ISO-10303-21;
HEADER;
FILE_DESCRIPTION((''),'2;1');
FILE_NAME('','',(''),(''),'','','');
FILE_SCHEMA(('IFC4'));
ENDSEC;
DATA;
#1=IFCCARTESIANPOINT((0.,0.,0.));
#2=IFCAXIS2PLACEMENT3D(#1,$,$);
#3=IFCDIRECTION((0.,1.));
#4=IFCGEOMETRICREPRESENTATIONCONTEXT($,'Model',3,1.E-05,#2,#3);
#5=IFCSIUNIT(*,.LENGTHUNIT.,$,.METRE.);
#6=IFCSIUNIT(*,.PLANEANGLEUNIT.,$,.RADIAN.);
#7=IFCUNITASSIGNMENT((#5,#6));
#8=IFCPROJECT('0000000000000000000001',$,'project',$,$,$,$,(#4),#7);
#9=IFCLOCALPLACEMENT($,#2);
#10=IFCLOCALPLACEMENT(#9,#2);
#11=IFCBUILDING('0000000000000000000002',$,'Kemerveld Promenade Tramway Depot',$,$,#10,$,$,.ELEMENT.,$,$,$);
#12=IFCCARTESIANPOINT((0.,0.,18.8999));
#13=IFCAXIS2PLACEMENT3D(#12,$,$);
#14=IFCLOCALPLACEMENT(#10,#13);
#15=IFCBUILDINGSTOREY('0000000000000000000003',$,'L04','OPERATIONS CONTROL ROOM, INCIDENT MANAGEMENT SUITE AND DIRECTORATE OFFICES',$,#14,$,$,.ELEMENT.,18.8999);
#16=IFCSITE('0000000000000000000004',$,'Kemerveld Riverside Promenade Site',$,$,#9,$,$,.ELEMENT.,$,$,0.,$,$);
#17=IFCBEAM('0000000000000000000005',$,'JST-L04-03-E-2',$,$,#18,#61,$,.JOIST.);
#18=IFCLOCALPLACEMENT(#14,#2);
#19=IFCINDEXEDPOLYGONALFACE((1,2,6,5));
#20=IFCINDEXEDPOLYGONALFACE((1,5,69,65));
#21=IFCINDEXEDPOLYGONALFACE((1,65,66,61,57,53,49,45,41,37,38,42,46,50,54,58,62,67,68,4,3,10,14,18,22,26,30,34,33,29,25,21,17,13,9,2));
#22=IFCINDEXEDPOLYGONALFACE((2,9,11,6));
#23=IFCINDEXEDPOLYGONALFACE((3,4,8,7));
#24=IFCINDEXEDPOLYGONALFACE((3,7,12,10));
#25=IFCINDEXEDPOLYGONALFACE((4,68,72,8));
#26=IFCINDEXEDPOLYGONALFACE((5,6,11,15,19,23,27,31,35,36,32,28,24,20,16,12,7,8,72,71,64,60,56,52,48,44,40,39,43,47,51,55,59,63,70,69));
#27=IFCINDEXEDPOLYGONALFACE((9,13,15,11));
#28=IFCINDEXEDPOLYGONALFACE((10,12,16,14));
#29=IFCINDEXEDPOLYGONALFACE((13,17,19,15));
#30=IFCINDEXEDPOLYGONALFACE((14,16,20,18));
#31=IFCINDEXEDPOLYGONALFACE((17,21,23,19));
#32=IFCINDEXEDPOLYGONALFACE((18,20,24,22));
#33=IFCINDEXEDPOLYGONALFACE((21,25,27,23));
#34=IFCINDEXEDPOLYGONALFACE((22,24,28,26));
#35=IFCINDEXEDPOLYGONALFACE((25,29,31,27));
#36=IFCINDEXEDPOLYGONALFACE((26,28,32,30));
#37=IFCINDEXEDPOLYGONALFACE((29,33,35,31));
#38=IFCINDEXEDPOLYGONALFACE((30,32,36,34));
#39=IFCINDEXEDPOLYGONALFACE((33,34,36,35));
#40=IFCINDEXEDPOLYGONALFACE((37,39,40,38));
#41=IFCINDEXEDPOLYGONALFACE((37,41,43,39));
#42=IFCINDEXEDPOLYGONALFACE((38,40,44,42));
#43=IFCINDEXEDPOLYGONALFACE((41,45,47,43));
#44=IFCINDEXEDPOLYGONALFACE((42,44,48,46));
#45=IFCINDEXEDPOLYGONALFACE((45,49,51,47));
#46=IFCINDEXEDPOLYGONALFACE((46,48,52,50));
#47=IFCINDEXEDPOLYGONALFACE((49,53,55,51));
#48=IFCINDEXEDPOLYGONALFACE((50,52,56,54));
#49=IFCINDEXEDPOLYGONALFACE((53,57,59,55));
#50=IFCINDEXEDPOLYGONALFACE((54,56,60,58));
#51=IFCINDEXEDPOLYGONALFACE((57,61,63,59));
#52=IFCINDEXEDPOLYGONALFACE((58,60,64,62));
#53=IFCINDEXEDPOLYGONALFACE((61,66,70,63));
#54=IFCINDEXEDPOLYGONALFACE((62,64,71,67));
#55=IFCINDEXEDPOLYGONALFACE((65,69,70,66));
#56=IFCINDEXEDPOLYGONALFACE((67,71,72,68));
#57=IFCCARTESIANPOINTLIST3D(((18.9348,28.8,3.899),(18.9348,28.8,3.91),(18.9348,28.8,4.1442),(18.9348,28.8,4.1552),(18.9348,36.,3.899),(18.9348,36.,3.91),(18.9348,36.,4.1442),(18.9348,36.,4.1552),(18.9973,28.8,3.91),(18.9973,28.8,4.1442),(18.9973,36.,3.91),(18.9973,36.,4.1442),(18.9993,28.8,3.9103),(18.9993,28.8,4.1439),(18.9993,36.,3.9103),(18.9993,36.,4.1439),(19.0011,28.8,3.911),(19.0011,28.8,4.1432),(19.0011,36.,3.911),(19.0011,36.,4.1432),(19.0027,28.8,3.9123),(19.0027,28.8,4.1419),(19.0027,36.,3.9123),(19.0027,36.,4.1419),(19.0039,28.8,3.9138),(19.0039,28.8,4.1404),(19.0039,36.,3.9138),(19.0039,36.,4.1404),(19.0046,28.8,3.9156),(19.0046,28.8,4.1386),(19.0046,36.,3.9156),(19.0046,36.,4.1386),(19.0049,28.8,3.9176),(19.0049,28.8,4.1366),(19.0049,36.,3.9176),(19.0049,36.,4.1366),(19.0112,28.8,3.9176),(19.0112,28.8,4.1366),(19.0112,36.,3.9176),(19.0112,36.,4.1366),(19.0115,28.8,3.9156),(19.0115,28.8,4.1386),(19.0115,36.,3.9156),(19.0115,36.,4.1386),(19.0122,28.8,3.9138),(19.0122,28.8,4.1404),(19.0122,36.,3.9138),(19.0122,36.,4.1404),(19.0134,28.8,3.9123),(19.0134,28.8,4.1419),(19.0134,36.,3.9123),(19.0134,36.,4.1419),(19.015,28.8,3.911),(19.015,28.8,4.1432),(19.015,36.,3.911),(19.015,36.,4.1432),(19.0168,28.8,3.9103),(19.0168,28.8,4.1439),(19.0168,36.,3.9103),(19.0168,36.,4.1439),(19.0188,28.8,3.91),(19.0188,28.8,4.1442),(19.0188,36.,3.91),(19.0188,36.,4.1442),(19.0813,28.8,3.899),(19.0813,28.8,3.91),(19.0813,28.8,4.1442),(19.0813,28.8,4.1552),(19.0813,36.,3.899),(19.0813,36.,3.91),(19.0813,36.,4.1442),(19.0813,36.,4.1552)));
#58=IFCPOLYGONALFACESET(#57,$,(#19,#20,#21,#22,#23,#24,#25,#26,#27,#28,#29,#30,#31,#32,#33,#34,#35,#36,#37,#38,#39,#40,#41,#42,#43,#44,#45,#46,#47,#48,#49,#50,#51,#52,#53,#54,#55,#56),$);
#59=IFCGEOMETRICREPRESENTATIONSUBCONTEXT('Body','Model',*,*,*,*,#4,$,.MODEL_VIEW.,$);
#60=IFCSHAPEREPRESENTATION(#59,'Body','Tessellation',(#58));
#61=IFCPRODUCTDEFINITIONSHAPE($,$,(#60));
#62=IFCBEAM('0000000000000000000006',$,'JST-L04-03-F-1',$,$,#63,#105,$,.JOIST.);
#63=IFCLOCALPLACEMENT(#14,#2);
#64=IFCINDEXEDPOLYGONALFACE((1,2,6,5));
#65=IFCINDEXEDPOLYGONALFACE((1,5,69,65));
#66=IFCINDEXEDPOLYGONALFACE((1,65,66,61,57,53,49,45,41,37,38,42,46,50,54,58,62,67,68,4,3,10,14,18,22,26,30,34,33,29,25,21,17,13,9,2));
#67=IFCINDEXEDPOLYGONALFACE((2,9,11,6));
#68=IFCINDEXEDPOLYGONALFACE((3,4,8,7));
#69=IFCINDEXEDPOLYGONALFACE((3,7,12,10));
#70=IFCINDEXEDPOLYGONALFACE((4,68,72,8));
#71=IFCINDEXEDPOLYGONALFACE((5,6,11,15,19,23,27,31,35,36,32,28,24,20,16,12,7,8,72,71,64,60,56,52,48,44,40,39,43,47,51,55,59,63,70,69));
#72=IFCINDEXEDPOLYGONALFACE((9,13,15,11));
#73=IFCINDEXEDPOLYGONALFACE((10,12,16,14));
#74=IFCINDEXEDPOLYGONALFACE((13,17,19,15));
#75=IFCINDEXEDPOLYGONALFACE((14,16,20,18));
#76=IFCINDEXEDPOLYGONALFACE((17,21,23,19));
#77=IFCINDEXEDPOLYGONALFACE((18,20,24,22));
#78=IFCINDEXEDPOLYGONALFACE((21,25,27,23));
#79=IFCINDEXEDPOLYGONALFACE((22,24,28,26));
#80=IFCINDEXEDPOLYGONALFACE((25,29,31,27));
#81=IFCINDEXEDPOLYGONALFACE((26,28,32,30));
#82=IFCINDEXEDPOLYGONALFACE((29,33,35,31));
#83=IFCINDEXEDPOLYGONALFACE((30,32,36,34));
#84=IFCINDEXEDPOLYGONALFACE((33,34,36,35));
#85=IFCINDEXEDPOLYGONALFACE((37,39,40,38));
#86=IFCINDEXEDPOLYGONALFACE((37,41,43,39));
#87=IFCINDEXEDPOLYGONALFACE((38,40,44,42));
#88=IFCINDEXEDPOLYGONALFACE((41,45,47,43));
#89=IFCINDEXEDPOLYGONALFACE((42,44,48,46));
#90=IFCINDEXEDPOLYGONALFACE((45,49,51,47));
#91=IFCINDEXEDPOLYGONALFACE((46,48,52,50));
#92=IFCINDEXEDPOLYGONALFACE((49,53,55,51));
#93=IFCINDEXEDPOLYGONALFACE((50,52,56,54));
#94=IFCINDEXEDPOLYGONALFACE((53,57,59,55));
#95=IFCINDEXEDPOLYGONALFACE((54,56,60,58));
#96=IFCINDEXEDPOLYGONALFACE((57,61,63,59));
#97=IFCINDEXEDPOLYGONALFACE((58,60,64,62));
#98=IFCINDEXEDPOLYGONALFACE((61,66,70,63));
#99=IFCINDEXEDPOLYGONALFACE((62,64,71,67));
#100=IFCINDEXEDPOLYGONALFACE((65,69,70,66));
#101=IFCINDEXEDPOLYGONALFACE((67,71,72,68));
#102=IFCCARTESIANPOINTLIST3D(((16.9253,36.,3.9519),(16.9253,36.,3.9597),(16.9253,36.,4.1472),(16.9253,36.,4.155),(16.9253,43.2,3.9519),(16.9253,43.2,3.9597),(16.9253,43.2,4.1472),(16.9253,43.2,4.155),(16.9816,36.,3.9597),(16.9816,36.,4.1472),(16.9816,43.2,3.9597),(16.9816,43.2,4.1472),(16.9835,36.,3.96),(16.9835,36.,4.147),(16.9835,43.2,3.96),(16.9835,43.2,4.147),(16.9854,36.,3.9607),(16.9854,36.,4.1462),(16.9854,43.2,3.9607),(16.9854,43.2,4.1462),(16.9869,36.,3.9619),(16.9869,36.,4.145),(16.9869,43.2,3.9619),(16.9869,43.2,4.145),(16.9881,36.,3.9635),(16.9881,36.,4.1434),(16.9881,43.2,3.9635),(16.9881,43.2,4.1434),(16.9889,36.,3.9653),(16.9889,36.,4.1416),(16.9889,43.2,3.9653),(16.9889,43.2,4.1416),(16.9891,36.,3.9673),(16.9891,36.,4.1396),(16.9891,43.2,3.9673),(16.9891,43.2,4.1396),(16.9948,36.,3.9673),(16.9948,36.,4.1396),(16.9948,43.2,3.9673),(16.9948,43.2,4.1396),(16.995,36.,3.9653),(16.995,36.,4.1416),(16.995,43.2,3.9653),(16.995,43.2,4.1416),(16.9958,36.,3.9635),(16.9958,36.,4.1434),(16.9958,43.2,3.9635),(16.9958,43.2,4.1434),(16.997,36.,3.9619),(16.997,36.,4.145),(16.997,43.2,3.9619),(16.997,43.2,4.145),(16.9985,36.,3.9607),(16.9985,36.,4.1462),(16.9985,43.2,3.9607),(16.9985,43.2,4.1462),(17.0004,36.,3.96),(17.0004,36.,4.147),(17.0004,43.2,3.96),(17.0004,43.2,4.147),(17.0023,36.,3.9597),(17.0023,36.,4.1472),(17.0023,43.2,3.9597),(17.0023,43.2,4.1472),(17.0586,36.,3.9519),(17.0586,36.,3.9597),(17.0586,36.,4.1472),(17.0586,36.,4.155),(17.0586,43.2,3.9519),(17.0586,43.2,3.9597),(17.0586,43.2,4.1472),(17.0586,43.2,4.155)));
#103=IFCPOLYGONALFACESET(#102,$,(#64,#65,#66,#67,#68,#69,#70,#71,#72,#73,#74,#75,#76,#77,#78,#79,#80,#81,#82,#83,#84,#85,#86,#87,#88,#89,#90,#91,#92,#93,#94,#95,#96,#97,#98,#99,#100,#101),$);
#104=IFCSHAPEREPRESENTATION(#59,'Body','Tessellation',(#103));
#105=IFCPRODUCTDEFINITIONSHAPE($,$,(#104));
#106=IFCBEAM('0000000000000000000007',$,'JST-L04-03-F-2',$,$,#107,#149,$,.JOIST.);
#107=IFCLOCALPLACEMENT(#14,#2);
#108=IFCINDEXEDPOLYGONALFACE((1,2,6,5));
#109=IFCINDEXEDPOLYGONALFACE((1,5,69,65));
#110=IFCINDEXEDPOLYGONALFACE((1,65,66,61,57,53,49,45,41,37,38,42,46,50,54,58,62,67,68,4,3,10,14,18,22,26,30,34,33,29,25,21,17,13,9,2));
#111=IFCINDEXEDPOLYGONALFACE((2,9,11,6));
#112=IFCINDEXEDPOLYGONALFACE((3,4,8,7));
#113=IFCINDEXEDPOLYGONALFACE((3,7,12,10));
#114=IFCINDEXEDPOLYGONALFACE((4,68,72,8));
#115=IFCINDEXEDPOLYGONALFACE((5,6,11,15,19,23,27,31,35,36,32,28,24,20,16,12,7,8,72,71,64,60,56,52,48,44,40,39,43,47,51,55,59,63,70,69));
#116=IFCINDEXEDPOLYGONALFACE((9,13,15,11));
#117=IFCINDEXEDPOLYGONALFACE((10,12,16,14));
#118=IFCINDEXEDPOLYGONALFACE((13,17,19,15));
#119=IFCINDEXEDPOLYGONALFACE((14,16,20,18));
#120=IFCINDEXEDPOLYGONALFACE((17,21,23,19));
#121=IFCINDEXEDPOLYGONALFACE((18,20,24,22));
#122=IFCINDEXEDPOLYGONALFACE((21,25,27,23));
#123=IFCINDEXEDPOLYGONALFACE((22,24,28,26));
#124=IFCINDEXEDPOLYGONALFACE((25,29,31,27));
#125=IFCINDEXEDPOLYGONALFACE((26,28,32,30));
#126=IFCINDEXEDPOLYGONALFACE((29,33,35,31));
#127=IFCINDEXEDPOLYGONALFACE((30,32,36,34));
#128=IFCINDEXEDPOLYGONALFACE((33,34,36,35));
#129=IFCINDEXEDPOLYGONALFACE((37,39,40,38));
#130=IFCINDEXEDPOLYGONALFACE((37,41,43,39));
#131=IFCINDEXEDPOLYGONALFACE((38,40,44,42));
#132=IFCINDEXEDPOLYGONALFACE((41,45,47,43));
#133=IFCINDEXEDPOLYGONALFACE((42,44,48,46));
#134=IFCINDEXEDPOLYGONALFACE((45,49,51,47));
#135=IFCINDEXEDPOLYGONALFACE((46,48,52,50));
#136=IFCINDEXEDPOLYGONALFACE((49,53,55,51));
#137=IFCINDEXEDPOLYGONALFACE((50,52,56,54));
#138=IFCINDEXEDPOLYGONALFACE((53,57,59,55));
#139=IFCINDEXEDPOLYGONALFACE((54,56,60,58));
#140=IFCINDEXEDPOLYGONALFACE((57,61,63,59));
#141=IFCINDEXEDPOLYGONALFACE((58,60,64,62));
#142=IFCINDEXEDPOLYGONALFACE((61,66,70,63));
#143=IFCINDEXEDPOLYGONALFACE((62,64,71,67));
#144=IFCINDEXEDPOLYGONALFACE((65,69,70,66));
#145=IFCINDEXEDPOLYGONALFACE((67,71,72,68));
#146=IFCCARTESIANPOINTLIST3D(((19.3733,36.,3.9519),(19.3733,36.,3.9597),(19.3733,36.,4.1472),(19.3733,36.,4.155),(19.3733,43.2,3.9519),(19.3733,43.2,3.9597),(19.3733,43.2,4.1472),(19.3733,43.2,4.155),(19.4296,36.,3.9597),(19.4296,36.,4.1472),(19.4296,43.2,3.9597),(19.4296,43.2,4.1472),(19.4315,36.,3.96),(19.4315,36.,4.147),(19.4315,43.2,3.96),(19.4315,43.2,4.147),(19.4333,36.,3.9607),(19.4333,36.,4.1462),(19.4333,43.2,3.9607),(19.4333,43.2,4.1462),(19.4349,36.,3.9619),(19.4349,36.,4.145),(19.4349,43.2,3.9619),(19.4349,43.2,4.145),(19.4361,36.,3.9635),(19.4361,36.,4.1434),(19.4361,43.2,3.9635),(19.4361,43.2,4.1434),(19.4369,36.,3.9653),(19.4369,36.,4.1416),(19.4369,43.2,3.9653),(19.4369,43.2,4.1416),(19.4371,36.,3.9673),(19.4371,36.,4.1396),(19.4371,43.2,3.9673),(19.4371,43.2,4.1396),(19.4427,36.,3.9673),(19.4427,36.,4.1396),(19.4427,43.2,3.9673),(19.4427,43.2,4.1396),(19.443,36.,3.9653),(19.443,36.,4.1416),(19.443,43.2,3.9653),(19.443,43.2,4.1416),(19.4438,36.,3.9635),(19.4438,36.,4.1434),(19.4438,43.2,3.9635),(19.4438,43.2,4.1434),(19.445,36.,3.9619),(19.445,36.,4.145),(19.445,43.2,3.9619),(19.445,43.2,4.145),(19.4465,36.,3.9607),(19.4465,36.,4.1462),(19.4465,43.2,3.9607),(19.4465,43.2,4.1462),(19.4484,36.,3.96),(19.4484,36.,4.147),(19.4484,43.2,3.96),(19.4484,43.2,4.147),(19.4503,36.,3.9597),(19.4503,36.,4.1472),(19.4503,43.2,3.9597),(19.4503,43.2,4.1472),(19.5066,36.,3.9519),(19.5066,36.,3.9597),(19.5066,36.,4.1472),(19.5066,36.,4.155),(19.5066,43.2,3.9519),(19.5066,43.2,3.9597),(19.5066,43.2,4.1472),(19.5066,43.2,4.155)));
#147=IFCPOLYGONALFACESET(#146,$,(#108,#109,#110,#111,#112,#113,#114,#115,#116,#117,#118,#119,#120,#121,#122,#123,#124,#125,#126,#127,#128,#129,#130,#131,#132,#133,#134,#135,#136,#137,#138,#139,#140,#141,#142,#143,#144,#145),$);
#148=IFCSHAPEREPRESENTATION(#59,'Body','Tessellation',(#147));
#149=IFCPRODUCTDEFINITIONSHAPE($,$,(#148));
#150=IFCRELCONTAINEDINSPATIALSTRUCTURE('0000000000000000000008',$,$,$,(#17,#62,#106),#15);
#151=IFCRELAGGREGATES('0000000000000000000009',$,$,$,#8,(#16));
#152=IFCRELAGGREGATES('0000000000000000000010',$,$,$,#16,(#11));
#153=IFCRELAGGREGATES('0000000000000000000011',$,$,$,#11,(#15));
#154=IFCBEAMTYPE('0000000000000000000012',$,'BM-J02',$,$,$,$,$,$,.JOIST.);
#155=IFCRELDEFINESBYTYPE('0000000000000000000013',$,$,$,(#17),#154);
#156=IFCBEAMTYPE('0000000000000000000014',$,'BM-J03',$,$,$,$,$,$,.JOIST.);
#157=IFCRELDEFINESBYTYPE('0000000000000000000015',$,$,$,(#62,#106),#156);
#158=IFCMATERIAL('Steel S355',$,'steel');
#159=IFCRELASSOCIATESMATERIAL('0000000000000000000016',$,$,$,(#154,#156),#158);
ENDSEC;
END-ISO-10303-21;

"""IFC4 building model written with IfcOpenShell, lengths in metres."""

from ifc_helpers import new_model, si_unit, direction, frame, origin, origin_2d, place, context, subcontext, project, spatial, i_section, extrude, material, material_profile, profile_set, type_object, element, save


model = new_model("IFC4")

# Units and contexts
model_context = context("Model", 3, precision=1e-05, world=origin(), true_north=direction((0.0, 1.0)))
body_context = subcontext(model_context, "Body", "Model", "MODEL_VIEW")
ifc_project = project(units=[si_unit("LENGTHUNIT", "METRE"), si_unit("PLANEANGLEUNIT", "RADIAN")], contexts=[model_context])

# Site, building, storey
site_placement = place(None, origin())
site = spatial("IfcSite", under=ifc_project, at=site_placement, Name="Kemerveld Riverside Promenade Site", CompositionType="ELEMENT", RefElevation=0.0)
building_placement = place(site_placement, origin())
building = spatial("IfcBuilding", under=site, at=building_placement, Name="Kemerveld Promenade Tramway Depot", CompositionType="ELEMENT")
storey_placement = place(building_placement, frame((0.0, 0.0, 18.8999)))
storey = spatial("IfcBuildingStorey", under=building, at=storey_placement, Name="L04", Description="OPERATIONS CONTROL ROOM, INCIDENT MANAGEMENT SUITE AND DIRECTORATE OFFICES", CompositionType="ELEMENT", Elevation=18.8999)

# Shared definitions
ifc_material_1 = material(Name="Steel S355", Category="steel")

# Beams
ifc_material_profile_1 = material_profile(ifc_material_1, i_section(OverallWidth=0.1465, OverallDepth=0.2561, WebThickness=0.0063, FlangeThickness=0.011, FilletRadius=0.0076, at=origin_2d()), Name="254x146x37 UB")
ifc_profile_set_1 = profile_set([ifc_material_profile_1], Name="Steel S355")
beam_type_1 = type_object("IfcBeamType", Name="BM-J02", PredefinedType="JOIST", material=ifc_profile_set_1)
for number, where, z_axis, x_axis, name in (
    (1, (19.0081, 28.8, 4.0271), (0.0, 1.0, 0.0), (-1.0, 0.0, 0.0), "JST-L04-03-E-2"),
):
    element("IfcBeam", number, at=place(storey_placement, frame(where, z_axis=z_axis, x_axis=x_axis)), inside=storey, type_object=beam_type_1, Name=name, PredefinedType="JOIST", context=body_context, shape_type="SweptSolid", body=[
        extrude(i_section(OverallWidth=0.1465, OverallDepth=0.2561, WebThickness=0.0063, FlangeThickness=0.011, FilletRadius=0.0076, at=origin_2d()), origin(), (0.0, 0.0, 1.0), 7.2),
    ])
ifc_material_profile_2 = material_profile(ifc_material_1, i_section(OverallWidth=0.1333, OverallDepth=0.2031, WebThickness=0.0056, FlangeThickness=0.0078, FilletRadius=0.0076, at=origin_2d()), Name="203x133x25 UB")
ifc_profile_set_2 = profile_set([ifc_material_profile_2], Name="Steel S355")
beam_type_2 = type_object("IfcBeamType", Name="BM-J03", PredefinedType="JOIST", material=ifc_profile_set_2)
for number, where, z_axis, x_axis, name in (
    (2, (16.9919, 36.0, 4.0535), (0.0, 1.0, 0.0), (-1.0, 0.0, 0.0), "JST-L04-03-F-1"),
    (3, (19.4399, 36.0, 4.0535), (0.0, 1.0, 0.0), (-1.0, 0.0, 0.0), "JST-L04-03-F-2"),
):
    element("IfcBeam", number, at=place(storey_placement, frame(where, z_axis=z_axis, x_axis=x_axis)), inside=storey, type_object=beam_type_2, Name=name, PredefinedType="JOIST", context=body_context, shape_type="SweptSolid", body=[
        extrude(i_section(OverallWidth=0.1333, OverallDepth=0.2031, WebThickness=0.0056, FlangeThickness=0.0078, FilletRadius=0.0076, at=origin_2d()), origin(), (0.0, 0.0, 1.0), 7.2),
    ])

save(model, "model.ifc")
